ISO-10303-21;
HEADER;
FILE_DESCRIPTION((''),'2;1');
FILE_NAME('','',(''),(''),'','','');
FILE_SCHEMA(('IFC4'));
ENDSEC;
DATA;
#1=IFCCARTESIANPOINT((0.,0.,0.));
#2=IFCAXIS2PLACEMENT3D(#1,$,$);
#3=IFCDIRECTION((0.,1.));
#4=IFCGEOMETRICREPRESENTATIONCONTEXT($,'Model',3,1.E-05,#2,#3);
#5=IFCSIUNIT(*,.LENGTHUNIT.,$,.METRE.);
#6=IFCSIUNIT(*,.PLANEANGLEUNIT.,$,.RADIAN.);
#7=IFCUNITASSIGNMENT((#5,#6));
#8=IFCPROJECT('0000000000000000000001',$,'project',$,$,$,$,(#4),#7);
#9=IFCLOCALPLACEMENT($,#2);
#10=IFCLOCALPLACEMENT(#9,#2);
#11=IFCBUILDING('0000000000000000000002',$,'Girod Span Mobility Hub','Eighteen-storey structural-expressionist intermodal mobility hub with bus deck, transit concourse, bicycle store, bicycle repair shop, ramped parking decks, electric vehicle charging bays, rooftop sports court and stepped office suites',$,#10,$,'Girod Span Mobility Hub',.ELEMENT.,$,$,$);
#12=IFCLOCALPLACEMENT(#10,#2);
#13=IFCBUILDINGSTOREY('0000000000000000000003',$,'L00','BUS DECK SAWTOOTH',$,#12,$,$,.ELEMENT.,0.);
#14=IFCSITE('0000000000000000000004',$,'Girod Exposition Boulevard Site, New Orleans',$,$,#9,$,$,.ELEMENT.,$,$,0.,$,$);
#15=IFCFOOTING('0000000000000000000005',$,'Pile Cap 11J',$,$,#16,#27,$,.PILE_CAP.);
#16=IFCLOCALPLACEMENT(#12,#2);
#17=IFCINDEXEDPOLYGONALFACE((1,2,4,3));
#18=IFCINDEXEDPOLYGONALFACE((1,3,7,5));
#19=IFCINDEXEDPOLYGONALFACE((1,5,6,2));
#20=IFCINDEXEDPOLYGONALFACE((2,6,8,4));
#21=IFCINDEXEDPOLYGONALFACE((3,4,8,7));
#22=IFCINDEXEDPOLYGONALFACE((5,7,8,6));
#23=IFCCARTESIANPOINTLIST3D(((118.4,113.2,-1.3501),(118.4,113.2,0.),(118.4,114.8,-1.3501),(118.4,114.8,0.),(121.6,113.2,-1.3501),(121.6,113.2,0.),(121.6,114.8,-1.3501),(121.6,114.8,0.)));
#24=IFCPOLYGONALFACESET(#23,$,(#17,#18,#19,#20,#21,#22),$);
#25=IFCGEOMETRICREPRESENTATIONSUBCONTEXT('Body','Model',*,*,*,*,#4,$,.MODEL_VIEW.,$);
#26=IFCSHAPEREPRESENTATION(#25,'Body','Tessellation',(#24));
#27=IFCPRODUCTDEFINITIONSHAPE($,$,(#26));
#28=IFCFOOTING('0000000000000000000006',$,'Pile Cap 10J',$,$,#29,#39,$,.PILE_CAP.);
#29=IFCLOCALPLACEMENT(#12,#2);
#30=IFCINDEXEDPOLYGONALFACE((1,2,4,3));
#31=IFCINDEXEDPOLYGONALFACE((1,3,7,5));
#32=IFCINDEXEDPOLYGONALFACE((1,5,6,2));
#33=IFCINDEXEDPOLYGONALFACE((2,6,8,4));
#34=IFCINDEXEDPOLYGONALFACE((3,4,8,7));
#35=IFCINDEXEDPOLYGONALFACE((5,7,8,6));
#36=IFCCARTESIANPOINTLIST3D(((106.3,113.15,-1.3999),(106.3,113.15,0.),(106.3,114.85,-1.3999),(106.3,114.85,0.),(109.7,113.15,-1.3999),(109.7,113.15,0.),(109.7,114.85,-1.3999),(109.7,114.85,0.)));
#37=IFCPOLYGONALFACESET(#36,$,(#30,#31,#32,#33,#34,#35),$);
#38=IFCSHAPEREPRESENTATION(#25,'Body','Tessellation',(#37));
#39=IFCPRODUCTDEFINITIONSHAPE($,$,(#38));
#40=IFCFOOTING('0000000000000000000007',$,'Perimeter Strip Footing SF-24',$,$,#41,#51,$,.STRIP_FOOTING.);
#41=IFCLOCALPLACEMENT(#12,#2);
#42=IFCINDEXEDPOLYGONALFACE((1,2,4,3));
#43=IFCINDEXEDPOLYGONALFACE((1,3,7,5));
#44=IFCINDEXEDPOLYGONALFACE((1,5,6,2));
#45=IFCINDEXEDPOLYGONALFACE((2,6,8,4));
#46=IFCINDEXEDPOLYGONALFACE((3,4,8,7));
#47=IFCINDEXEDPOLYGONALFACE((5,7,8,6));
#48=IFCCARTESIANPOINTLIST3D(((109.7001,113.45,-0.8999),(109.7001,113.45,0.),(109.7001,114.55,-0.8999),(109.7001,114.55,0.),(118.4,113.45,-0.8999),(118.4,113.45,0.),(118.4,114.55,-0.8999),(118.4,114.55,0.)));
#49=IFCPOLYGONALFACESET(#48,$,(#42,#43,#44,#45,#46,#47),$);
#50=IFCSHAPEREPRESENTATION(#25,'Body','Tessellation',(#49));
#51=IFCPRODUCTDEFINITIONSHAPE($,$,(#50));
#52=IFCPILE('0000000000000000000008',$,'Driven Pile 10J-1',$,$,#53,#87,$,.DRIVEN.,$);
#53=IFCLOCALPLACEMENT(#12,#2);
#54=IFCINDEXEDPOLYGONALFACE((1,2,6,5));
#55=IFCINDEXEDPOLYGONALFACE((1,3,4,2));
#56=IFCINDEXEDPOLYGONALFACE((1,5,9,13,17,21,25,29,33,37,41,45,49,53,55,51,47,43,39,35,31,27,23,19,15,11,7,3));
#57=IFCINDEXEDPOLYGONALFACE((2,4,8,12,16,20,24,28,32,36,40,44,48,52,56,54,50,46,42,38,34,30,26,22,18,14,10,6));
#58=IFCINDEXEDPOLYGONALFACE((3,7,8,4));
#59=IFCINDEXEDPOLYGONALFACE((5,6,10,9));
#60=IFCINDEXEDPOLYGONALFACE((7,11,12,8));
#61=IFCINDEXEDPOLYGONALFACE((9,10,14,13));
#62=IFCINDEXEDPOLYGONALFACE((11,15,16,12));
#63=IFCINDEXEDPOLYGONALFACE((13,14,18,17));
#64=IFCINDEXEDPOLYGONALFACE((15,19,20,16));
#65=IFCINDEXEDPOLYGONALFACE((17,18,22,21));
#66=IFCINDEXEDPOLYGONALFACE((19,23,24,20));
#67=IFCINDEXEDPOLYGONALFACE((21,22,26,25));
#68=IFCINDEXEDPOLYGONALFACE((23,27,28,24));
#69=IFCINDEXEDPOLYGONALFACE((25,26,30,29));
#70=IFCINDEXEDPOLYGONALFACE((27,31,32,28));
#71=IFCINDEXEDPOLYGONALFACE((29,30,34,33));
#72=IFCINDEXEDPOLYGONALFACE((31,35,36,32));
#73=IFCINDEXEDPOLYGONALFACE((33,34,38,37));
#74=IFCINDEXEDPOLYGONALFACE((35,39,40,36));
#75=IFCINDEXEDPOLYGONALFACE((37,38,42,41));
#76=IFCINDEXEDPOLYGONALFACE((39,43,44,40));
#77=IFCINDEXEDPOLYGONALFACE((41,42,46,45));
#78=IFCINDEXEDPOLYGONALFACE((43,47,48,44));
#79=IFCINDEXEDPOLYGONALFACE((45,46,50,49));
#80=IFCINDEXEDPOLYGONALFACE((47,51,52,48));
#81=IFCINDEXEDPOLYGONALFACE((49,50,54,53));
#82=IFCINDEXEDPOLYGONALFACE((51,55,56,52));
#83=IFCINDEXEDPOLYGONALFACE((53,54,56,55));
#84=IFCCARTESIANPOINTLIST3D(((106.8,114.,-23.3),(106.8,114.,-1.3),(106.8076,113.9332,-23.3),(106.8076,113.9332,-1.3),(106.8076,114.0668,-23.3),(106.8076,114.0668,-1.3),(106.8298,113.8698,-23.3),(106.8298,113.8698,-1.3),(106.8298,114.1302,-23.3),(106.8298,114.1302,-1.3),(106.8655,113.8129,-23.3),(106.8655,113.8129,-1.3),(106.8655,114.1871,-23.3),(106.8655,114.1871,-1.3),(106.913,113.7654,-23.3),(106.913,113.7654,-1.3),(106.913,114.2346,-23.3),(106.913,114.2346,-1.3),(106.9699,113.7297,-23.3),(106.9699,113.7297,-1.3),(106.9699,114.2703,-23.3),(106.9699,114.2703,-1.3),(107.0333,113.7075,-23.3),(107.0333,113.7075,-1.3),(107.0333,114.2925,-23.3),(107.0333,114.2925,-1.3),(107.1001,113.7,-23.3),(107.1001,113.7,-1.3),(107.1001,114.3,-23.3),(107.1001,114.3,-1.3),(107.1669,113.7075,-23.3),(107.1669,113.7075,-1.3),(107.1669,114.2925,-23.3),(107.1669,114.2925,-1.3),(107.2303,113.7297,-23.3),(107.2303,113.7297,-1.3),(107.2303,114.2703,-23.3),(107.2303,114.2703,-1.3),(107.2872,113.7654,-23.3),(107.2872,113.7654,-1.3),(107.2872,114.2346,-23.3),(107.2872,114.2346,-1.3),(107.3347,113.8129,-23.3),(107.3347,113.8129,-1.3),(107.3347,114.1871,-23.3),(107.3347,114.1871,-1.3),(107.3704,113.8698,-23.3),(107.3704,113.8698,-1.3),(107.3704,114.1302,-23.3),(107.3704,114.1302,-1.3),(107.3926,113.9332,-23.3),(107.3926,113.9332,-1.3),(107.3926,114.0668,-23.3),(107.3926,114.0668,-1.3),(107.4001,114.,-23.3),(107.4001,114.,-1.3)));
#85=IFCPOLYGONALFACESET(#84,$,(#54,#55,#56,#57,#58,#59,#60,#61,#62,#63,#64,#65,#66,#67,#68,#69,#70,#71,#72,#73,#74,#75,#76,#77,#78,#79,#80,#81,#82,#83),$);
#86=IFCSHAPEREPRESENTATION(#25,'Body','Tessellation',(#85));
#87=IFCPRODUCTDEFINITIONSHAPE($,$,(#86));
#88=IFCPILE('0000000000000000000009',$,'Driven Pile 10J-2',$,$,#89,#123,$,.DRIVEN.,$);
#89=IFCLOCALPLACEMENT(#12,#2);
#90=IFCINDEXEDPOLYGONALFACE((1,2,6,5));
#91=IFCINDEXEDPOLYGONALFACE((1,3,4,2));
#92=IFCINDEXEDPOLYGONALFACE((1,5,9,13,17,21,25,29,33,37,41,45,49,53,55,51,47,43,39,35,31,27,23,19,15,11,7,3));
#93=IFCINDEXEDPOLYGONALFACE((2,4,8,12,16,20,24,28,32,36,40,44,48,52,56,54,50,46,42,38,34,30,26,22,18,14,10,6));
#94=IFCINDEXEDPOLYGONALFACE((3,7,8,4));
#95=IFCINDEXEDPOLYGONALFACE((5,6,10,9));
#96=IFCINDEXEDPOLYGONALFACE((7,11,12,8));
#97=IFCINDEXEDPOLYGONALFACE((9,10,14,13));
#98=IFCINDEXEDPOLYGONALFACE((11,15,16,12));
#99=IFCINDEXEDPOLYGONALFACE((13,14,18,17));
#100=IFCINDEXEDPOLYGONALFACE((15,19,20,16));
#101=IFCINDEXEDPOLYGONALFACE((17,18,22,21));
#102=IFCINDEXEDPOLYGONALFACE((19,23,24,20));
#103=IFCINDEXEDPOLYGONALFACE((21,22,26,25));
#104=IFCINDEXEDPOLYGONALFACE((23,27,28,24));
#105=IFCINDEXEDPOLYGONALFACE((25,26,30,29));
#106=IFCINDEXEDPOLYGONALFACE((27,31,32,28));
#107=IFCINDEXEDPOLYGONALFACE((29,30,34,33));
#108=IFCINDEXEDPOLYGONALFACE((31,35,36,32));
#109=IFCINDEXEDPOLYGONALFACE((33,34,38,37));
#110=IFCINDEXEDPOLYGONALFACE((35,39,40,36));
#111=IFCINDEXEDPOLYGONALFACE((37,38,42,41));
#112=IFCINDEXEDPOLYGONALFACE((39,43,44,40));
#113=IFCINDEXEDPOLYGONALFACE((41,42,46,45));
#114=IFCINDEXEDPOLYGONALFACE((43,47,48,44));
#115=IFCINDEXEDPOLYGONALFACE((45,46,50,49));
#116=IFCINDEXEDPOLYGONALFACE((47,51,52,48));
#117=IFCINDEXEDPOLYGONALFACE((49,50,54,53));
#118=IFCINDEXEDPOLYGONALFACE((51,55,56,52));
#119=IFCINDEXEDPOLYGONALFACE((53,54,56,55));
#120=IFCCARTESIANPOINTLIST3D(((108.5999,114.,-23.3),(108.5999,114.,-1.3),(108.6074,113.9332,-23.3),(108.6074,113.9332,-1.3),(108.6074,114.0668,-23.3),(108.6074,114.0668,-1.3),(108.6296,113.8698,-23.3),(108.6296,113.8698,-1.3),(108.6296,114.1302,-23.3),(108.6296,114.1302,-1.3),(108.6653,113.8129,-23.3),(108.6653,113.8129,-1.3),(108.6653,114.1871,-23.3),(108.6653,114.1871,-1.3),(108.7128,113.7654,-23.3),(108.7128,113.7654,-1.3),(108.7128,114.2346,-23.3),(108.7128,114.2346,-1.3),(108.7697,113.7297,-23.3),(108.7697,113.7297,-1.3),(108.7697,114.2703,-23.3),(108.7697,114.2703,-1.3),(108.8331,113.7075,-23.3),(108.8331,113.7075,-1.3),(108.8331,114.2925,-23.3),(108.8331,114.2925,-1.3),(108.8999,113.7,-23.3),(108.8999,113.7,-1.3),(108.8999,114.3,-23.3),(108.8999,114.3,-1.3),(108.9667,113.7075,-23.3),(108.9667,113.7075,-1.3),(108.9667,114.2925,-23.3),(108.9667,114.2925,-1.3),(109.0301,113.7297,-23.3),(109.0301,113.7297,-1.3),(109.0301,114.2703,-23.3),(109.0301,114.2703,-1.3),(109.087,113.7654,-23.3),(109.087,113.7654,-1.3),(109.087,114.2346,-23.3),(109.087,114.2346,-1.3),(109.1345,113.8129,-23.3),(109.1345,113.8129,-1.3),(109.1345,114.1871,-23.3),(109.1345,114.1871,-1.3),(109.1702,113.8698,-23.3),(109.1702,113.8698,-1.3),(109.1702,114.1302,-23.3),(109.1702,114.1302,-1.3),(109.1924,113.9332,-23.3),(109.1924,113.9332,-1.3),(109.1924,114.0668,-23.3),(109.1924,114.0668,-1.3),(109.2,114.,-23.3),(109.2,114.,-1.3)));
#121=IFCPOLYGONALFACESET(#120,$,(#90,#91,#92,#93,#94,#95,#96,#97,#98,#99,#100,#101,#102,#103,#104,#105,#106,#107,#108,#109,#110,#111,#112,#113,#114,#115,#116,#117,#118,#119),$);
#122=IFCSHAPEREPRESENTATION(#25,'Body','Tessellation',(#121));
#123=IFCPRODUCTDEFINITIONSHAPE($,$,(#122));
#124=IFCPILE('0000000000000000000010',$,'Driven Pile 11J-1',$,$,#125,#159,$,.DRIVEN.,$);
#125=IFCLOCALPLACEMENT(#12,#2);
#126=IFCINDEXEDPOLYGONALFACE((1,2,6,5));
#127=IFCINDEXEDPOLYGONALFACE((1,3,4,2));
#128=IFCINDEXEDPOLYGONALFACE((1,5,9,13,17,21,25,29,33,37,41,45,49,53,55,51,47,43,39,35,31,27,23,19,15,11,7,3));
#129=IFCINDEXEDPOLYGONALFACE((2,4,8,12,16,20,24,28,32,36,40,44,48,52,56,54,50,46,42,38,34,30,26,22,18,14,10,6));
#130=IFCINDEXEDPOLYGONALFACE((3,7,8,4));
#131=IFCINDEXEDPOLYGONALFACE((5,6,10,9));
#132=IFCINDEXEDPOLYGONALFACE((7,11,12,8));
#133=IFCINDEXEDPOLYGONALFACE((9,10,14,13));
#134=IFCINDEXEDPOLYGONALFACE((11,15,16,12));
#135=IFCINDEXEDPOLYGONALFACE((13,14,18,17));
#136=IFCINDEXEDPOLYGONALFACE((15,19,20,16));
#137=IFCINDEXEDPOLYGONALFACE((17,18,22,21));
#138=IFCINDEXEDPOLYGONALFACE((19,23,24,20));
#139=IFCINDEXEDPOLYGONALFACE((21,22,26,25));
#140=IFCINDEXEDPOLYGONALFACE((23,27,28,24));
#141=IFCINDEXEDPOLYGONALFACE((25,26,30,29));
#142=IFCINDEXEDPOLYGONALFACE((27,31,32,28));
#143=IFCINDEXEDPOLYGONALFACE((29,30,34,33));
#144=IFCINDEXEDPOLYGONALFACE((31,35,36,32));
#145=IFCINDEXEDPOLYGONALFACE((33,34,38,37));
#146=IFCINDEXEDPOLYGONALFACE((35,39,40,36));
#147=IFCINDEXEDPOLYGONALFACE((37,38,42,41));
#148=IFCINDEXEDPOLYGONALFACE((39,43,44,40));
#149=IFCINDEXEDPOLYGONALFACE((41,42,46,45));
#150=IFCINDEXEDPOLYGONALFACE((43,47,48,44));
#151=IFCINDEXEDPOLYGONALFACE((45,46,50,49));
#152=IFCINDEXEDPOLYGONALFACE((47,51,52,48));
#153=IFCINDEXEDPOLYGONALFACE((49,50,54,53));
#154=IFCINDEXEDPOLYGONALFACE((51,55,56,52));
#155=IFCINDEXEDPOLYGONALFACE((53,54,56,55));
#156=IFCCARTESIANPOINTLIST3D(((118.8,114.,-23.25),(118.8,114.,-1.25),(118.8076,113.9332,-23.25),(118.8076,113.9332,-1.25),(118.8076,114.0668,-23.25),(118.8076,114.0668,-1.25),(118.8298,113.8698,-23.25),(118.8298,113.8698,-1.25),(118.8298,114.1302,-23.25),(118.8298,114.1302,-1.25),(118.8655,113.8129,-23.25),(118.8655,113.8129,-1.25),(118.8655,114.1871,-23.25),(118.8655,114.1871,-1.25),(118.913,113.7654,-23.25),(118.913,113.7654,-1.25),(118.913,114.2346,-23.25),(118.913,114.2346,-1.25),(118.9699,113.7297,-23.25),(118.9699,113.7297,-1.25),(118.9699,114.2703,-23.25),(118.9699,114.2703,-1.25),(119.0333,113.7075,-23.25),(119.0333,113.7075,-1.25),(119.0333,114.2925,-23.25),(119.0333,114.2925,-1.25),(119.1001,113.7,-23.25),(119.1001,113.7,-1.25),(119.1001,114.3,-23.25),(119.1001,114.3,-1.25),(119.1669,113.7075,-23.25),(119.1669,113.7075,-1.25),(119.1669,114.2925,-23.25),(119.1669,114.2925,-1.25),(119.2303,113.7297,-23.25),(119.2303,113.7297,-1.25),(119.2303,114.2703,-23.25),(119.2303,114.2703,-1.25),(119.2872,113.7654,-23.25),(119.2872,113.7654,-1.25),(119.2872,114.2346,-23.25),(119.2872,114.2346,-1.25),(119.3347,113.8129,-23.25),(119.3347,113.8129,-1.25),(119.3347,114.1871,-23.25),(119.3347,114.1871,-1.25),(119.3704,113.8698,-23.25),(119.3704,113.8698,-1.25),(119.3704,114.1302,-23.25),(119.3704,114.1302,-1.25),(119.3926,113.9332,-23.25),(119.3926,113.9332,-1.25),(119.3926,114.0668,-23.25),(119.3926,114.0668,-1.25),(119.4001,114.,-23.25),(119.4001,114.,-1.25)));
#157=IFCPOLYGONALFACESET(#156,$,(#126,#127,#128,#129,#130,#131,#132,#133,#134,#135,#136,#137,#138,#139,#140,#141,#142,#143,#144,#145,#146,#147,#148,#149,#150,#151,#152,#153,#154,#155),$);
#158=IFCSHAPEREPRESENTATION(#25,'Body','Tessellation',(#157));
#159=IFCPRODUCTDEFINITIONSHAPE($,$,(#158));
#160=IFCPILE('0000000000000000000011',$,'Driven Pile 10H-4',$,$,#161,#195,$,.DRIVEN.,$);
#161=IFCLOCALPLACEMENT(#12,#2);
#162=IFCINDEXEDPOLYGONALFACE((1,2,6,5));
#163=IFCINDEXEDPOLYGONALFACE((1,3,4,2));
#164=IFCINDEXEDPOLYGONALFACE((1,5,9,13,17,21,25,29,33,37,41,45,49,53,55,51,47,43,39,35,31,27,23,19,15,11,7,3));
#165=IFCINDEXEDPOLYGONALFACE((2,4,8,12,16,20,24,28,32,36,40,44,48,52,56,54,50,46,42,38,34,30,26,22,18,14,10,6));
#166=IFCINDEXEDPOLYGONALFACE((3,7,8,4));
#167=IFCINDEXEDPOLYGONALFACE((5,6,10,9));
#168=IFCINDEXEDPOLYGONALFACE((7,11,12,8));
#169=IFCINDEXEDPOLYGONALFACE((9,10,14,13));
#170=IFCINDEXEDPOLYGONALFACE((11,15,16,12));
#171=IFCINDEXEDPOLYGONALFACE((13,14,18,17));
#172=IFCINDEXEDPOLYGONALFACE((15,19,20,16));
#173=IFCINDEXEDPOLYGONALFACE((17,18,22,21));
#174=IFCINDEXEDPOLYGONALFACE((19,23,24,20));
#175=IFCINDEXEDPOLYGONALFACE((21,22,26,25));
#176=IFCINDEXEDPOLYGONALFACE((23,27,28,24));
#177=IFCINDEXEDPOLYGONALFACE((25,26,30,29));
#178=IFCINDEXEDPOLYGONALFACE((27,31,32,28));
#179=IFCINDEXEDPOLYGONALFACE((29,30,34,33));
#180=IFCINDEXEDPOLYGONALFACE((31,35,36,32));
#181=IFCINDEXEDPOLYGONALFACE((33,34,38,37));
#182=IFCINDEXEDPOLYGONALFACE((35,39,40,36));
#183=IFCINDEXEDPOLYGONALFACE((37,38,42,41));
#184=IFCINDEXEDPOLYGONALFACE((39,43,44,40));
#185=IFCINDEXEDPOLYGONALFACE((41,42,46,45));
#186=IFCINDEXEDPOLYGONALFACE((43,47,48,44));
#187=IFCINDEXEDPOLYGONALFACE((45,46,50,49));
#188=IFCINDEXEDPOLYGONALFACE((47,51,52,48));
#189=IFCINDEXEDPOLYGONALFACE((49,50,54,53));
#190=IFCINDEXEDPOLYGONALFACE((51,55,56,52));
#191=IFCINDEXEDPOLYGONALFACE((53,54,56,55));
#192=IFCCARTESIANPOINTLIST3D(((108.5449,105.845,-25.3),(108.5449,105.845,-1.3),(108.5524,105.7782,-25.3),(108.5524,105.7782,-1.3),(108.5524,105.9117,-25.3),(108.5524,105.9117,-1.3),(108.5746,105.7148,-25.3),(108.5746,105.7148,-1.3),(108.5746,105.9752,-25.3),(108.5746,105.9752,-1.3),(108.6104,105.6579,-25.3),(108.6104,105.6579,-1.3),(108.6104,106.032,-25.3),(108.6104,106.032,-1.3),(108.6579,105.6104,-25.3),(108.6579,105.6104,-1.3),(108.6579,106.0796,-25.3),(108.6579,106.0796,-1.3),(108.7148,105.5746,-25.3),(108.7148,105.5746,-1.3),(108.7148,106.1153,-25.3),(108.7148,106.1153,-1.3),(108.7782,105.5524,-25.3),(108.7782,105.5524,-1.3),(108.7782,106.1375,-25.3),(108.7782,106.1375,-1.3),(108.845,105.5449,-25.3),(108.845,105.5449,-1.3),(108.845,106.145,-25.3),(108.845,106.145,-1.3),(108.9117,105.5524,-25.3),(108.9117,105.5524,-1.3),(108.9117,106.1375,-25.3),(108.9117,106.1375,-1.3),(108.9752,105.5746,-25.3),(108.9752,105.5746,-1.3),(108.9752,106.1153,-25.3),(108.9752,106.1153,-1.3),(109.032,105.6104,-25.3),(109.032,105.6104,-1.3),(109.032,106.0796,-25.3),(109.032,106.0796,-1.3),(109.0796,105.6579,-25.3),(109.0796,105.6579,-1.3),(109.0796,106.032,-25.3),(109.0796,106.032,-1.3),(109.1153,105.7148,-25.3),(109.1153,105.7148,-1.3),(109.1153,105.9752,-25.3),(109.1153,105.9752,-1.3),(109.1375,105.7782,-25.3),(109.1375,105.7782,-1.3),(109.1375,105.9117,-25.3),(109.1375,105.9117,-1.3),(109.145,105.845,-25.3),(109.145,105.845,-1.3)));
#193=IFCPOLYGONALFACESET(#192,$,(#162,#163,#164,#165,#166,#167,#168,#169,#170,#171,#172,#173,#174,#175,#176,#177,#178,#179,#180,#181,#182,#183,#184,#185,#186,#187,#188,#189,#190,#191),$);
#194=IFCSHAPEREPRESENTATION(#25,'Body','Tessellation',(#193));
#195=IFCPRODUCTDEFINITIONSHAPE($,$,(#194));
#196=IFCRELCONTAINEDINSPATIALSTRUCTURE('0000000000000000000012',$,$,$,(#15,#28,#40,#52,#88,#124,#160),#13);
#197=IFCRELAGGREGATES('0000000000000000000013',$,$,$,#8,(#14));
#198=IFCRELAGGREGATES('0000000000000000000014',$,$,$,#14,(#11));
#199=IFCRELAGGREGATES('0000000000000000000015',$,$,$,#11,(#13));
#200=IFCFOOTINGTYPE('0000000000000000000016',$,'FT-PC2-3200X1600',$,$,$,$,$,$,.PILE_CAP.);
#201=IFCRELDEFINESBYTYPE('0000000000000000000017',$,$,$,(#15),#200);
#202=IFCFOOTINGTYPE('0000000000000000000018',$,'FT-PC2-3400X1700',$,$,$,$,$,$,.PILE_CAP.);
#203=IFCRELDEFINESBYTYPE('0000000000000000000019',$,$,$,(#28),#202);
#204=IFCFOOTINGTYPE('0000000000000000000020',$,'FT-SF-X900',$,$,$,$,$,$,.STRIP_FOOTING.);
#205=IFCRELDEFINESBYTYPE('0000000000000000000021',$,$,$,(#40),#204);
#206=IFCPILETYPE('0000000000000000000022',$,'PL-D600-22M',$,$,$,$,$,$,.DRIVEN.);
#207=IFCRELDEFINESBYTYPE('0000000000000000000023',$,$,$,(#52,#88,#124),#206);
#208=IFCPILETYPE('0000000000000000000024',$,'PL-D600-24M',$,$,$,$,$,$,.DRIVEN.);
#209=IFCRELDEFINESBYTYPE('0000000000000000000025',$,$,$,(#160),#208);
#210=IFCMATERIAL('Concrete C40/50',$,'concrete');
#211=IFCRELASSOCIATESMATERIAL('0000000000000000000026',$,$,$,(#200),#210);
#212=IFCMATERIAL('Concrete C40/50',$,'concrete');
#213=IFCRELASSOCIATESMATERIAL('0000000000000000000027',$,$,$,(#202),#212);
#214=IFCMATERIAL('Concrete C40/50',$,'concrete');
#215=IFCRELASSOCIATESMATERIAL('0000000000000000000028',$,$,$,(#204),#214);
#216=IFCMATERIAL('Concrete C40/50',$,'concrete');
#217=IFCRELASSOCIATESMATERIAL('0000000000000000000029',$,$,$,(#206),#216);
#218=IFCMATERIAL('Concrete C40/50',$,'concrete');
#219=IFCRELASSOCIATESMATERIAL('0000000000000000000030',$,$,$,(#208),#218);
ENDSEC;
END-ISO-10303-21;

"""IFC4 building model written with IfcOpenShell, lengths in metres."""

from ifc_helpers import new_model, si_unit, direction, frame, origin, origin_2d, place, context, subcontext, project, spatial, rectangle, circle, extrude, material, material_profile, profile_set, type_object, element, save


model = new_model("IFC4")

# Units and contexts
model_context = context("Model", 3, precision=1e-05, world=origin(), true_north=direction((0.0, 1.0)))
body_context = subcontext(model_context, "Body", "Model", "MODEL_VIEW")
ifc_project = project(units=[si_unit("LENGTHUNIT", "METRE"), si_unit("PLANEANGLEUNIT", "RADIAN")], contexts=[model_context])

# Site, building, storey
site_placement = place(None, origin())
site = spatial("IfcSite", under=ifc_project, at=site_placement, Name="Girod Exposition Boulevard Site, New Orleans", CompositionType="ELEMENT", RefElevation=0.0)
building_placement = place(site_placement, origin())
building = spatial("IfcBuilding", under=site, at=building_placement, Name="Girod Span Mobility Hub", Description="Eighteen-storey structural-expressionist intermodal mobility hub with bus deck, transit concourse, bicycle store, bicycle repair shop, ramped parking decks, electric vehicle charging bays, rooftop sports court and stepped office suites", LongName="Girod Span Mobility Hub", CompositionType="ELEMENT")
storey_placement = place(building_placement, origin())
storey = spatial("IfcBuildingStorey", under=building, at=storey_placement, Name="L00", Description="BUS DECK SAWTOOTH", CompositionType="ELEMENT", Elevation=0.0)

# Footings
ifc_material_1 = material(Name="Concrete C40/50", Category="concrete")
footing_type_1 = type_object("IfcFootingType", Name="FT-PC2-3200X1600", PredefinedType="PILE_CAP", material=ifc_material_1)
footing_1_placement = place(storey_placement, frame((120.0, 114.0, -1.3501), z_axis=(0.0, 0.0, 1.0), x_axis=(1.0, 0.0, 0.0)))
element("IfcFooting", 1, at=footing_1_placement, inside=storey, type_object=footing_type_1, Name="Pile Cap 11J", PredefinedType="PILE_CAP", context=body_context, shape_type="SweptSolid", body=[
    extrude(rectangle(XDim=3.2, YDim=1.6001, at=origin_2d()), origin(), (0.0, 0.0, 1.0), 1.3501),
])
ifc_material_2 = material(Name="Concrete C40/50", Category="concrete")
footing_type_2 = type_object("IfcFootingType", Name="FT-PC2-3400X1700", PredefinedType="PILE_CAP", material=ifc_material_2)
footing_2_placement = place(storey_placement, frame((108.0, 114.0, -1.3999), z_axis=(0.0, 0.0, 1.0), x_axis=(1.0, 0.0, 0.0)))
element("IfcFooting", 2, at=footing_2_placement, inside=storey, type_object=footing_type_2, Name="Pile Cap 10J", PredefinedType="PILE_CAP", context=body_context, shape_type="SweptSolid", body=[
    extrude(rectangle(XDim=3.3999, YDim=1.7, at=origin_2d()), origin(), (0.0, 0.0, 1.0), 1.3999),
])
ifc_material_3 = material(Name="Concrete C40/50", Category="concrete")
footing_type_3 = type_object("IfcFootingType", Name="FT-SF-X900", PredefinedType="STRIP_FOOTING", material=ifc_material_3)
footing_3_placement = place(storey_placement, frame((114.05, 114.0, -0.8999), z_axis=(0.0, 0.0, 1.0), x_axis=(1.0, 0.0, 0.0)))
element("IfcFooting", 3, at=footing_3_placement, inside=storey, type_object=footing_type_3, Name="Perimeter Strip Footing SF-24", PredefinedType="STRIP_FOOTING", context=body_context, shape_type="SweptSolid", body=[
    extrude(rectangle(XDim=8.7, YDim=1.1001, at=origin_2d()), origin(), (0.0, 0.0, 1.0), 0.8999),
])

# Piles
ifc_material_4 = material(Name="Concrete C40/50", Category="concrete")
ifc_material_profile_1 = material_profile(ifc_material_4, circle(Radius=0.3, at=origin_2d()), Name="PILE-D600")
ifc_profile_set_1 = profile_set([ifc_material_profile_1], Name="Concrete C40/50")
pile_type_1 = type_object("IfcPileType", Name="PL-D600-22M", PredefinedType="DRIVEN", material=ifc_profile_set_1)
for number, where, z_axis, x_axis, name in (
    (4, (107.1001, 114.0, -1.3), (0.0, 0.0, -1.0), (1.0, 0.0, 0.0), "Driven Pile 10J-1"),
    (5, (108.8999, 114.0, -1.3), (0.0, 0.0, -1.0), (1.0, 0.0, 0.0), "Driven Pile 10J-2"),
    (6, (119.1001, 114.0, -1.25), (0.0, 0.0, -1.0), (1.0, 0.0, 0.0), "Driven Pile 11J-1"),
):
    element("IfcPile", number, at=place(storey_placement, frame(where, z_axis=z_axis, x_axis=x_axis)), inside=storey, type_object=pile_type_1, Name=name, PredefinedType="DRIVEN", context=body_context, shape_type="SweptSolid", body=[
        extrude(circle(Radius=0.3, at=origin_2d()), origin(), (0.0, 0.0, 1.0), 22.0),
    ])
ifc_material_5 = material(Name="Concrete C40/50", Category="concrete")
ifc_material_profile_2 = material_profile(ifc_material_5, circle(Radius=0.3, at=origin_2d()), Name="PILE-D600")
ifc_profile_set_2 = profile_set([ifc_material_profile_2], Name="Concrete C40/50")
pile_type_2 = type_object("IfcPileType", Name="PL-D600-24M", PredefinedType="DRIVEN", material=ifc_profile_set_2)
pile_placement = place(storey_placement, frame((108.845, 105.845, -1.3), z_axis=(0.0, 0.0, -1.0), x_axis=(1.0, 0.0, 0.0)))
element("IfcPile", 7, at=pile_placement, inside=storey, type_object=pile_type_2, Name="Driven Pile 10H-4", PredefinedType="DRIVEN", context=body_context, shape_type="SweptSolid", body=[
    extrude(circle(Radius=0.3, at=origin_2d()), origin(), (0.0, 0.0, 1.0), 24.0),
])

save(model, "model.ifc")
